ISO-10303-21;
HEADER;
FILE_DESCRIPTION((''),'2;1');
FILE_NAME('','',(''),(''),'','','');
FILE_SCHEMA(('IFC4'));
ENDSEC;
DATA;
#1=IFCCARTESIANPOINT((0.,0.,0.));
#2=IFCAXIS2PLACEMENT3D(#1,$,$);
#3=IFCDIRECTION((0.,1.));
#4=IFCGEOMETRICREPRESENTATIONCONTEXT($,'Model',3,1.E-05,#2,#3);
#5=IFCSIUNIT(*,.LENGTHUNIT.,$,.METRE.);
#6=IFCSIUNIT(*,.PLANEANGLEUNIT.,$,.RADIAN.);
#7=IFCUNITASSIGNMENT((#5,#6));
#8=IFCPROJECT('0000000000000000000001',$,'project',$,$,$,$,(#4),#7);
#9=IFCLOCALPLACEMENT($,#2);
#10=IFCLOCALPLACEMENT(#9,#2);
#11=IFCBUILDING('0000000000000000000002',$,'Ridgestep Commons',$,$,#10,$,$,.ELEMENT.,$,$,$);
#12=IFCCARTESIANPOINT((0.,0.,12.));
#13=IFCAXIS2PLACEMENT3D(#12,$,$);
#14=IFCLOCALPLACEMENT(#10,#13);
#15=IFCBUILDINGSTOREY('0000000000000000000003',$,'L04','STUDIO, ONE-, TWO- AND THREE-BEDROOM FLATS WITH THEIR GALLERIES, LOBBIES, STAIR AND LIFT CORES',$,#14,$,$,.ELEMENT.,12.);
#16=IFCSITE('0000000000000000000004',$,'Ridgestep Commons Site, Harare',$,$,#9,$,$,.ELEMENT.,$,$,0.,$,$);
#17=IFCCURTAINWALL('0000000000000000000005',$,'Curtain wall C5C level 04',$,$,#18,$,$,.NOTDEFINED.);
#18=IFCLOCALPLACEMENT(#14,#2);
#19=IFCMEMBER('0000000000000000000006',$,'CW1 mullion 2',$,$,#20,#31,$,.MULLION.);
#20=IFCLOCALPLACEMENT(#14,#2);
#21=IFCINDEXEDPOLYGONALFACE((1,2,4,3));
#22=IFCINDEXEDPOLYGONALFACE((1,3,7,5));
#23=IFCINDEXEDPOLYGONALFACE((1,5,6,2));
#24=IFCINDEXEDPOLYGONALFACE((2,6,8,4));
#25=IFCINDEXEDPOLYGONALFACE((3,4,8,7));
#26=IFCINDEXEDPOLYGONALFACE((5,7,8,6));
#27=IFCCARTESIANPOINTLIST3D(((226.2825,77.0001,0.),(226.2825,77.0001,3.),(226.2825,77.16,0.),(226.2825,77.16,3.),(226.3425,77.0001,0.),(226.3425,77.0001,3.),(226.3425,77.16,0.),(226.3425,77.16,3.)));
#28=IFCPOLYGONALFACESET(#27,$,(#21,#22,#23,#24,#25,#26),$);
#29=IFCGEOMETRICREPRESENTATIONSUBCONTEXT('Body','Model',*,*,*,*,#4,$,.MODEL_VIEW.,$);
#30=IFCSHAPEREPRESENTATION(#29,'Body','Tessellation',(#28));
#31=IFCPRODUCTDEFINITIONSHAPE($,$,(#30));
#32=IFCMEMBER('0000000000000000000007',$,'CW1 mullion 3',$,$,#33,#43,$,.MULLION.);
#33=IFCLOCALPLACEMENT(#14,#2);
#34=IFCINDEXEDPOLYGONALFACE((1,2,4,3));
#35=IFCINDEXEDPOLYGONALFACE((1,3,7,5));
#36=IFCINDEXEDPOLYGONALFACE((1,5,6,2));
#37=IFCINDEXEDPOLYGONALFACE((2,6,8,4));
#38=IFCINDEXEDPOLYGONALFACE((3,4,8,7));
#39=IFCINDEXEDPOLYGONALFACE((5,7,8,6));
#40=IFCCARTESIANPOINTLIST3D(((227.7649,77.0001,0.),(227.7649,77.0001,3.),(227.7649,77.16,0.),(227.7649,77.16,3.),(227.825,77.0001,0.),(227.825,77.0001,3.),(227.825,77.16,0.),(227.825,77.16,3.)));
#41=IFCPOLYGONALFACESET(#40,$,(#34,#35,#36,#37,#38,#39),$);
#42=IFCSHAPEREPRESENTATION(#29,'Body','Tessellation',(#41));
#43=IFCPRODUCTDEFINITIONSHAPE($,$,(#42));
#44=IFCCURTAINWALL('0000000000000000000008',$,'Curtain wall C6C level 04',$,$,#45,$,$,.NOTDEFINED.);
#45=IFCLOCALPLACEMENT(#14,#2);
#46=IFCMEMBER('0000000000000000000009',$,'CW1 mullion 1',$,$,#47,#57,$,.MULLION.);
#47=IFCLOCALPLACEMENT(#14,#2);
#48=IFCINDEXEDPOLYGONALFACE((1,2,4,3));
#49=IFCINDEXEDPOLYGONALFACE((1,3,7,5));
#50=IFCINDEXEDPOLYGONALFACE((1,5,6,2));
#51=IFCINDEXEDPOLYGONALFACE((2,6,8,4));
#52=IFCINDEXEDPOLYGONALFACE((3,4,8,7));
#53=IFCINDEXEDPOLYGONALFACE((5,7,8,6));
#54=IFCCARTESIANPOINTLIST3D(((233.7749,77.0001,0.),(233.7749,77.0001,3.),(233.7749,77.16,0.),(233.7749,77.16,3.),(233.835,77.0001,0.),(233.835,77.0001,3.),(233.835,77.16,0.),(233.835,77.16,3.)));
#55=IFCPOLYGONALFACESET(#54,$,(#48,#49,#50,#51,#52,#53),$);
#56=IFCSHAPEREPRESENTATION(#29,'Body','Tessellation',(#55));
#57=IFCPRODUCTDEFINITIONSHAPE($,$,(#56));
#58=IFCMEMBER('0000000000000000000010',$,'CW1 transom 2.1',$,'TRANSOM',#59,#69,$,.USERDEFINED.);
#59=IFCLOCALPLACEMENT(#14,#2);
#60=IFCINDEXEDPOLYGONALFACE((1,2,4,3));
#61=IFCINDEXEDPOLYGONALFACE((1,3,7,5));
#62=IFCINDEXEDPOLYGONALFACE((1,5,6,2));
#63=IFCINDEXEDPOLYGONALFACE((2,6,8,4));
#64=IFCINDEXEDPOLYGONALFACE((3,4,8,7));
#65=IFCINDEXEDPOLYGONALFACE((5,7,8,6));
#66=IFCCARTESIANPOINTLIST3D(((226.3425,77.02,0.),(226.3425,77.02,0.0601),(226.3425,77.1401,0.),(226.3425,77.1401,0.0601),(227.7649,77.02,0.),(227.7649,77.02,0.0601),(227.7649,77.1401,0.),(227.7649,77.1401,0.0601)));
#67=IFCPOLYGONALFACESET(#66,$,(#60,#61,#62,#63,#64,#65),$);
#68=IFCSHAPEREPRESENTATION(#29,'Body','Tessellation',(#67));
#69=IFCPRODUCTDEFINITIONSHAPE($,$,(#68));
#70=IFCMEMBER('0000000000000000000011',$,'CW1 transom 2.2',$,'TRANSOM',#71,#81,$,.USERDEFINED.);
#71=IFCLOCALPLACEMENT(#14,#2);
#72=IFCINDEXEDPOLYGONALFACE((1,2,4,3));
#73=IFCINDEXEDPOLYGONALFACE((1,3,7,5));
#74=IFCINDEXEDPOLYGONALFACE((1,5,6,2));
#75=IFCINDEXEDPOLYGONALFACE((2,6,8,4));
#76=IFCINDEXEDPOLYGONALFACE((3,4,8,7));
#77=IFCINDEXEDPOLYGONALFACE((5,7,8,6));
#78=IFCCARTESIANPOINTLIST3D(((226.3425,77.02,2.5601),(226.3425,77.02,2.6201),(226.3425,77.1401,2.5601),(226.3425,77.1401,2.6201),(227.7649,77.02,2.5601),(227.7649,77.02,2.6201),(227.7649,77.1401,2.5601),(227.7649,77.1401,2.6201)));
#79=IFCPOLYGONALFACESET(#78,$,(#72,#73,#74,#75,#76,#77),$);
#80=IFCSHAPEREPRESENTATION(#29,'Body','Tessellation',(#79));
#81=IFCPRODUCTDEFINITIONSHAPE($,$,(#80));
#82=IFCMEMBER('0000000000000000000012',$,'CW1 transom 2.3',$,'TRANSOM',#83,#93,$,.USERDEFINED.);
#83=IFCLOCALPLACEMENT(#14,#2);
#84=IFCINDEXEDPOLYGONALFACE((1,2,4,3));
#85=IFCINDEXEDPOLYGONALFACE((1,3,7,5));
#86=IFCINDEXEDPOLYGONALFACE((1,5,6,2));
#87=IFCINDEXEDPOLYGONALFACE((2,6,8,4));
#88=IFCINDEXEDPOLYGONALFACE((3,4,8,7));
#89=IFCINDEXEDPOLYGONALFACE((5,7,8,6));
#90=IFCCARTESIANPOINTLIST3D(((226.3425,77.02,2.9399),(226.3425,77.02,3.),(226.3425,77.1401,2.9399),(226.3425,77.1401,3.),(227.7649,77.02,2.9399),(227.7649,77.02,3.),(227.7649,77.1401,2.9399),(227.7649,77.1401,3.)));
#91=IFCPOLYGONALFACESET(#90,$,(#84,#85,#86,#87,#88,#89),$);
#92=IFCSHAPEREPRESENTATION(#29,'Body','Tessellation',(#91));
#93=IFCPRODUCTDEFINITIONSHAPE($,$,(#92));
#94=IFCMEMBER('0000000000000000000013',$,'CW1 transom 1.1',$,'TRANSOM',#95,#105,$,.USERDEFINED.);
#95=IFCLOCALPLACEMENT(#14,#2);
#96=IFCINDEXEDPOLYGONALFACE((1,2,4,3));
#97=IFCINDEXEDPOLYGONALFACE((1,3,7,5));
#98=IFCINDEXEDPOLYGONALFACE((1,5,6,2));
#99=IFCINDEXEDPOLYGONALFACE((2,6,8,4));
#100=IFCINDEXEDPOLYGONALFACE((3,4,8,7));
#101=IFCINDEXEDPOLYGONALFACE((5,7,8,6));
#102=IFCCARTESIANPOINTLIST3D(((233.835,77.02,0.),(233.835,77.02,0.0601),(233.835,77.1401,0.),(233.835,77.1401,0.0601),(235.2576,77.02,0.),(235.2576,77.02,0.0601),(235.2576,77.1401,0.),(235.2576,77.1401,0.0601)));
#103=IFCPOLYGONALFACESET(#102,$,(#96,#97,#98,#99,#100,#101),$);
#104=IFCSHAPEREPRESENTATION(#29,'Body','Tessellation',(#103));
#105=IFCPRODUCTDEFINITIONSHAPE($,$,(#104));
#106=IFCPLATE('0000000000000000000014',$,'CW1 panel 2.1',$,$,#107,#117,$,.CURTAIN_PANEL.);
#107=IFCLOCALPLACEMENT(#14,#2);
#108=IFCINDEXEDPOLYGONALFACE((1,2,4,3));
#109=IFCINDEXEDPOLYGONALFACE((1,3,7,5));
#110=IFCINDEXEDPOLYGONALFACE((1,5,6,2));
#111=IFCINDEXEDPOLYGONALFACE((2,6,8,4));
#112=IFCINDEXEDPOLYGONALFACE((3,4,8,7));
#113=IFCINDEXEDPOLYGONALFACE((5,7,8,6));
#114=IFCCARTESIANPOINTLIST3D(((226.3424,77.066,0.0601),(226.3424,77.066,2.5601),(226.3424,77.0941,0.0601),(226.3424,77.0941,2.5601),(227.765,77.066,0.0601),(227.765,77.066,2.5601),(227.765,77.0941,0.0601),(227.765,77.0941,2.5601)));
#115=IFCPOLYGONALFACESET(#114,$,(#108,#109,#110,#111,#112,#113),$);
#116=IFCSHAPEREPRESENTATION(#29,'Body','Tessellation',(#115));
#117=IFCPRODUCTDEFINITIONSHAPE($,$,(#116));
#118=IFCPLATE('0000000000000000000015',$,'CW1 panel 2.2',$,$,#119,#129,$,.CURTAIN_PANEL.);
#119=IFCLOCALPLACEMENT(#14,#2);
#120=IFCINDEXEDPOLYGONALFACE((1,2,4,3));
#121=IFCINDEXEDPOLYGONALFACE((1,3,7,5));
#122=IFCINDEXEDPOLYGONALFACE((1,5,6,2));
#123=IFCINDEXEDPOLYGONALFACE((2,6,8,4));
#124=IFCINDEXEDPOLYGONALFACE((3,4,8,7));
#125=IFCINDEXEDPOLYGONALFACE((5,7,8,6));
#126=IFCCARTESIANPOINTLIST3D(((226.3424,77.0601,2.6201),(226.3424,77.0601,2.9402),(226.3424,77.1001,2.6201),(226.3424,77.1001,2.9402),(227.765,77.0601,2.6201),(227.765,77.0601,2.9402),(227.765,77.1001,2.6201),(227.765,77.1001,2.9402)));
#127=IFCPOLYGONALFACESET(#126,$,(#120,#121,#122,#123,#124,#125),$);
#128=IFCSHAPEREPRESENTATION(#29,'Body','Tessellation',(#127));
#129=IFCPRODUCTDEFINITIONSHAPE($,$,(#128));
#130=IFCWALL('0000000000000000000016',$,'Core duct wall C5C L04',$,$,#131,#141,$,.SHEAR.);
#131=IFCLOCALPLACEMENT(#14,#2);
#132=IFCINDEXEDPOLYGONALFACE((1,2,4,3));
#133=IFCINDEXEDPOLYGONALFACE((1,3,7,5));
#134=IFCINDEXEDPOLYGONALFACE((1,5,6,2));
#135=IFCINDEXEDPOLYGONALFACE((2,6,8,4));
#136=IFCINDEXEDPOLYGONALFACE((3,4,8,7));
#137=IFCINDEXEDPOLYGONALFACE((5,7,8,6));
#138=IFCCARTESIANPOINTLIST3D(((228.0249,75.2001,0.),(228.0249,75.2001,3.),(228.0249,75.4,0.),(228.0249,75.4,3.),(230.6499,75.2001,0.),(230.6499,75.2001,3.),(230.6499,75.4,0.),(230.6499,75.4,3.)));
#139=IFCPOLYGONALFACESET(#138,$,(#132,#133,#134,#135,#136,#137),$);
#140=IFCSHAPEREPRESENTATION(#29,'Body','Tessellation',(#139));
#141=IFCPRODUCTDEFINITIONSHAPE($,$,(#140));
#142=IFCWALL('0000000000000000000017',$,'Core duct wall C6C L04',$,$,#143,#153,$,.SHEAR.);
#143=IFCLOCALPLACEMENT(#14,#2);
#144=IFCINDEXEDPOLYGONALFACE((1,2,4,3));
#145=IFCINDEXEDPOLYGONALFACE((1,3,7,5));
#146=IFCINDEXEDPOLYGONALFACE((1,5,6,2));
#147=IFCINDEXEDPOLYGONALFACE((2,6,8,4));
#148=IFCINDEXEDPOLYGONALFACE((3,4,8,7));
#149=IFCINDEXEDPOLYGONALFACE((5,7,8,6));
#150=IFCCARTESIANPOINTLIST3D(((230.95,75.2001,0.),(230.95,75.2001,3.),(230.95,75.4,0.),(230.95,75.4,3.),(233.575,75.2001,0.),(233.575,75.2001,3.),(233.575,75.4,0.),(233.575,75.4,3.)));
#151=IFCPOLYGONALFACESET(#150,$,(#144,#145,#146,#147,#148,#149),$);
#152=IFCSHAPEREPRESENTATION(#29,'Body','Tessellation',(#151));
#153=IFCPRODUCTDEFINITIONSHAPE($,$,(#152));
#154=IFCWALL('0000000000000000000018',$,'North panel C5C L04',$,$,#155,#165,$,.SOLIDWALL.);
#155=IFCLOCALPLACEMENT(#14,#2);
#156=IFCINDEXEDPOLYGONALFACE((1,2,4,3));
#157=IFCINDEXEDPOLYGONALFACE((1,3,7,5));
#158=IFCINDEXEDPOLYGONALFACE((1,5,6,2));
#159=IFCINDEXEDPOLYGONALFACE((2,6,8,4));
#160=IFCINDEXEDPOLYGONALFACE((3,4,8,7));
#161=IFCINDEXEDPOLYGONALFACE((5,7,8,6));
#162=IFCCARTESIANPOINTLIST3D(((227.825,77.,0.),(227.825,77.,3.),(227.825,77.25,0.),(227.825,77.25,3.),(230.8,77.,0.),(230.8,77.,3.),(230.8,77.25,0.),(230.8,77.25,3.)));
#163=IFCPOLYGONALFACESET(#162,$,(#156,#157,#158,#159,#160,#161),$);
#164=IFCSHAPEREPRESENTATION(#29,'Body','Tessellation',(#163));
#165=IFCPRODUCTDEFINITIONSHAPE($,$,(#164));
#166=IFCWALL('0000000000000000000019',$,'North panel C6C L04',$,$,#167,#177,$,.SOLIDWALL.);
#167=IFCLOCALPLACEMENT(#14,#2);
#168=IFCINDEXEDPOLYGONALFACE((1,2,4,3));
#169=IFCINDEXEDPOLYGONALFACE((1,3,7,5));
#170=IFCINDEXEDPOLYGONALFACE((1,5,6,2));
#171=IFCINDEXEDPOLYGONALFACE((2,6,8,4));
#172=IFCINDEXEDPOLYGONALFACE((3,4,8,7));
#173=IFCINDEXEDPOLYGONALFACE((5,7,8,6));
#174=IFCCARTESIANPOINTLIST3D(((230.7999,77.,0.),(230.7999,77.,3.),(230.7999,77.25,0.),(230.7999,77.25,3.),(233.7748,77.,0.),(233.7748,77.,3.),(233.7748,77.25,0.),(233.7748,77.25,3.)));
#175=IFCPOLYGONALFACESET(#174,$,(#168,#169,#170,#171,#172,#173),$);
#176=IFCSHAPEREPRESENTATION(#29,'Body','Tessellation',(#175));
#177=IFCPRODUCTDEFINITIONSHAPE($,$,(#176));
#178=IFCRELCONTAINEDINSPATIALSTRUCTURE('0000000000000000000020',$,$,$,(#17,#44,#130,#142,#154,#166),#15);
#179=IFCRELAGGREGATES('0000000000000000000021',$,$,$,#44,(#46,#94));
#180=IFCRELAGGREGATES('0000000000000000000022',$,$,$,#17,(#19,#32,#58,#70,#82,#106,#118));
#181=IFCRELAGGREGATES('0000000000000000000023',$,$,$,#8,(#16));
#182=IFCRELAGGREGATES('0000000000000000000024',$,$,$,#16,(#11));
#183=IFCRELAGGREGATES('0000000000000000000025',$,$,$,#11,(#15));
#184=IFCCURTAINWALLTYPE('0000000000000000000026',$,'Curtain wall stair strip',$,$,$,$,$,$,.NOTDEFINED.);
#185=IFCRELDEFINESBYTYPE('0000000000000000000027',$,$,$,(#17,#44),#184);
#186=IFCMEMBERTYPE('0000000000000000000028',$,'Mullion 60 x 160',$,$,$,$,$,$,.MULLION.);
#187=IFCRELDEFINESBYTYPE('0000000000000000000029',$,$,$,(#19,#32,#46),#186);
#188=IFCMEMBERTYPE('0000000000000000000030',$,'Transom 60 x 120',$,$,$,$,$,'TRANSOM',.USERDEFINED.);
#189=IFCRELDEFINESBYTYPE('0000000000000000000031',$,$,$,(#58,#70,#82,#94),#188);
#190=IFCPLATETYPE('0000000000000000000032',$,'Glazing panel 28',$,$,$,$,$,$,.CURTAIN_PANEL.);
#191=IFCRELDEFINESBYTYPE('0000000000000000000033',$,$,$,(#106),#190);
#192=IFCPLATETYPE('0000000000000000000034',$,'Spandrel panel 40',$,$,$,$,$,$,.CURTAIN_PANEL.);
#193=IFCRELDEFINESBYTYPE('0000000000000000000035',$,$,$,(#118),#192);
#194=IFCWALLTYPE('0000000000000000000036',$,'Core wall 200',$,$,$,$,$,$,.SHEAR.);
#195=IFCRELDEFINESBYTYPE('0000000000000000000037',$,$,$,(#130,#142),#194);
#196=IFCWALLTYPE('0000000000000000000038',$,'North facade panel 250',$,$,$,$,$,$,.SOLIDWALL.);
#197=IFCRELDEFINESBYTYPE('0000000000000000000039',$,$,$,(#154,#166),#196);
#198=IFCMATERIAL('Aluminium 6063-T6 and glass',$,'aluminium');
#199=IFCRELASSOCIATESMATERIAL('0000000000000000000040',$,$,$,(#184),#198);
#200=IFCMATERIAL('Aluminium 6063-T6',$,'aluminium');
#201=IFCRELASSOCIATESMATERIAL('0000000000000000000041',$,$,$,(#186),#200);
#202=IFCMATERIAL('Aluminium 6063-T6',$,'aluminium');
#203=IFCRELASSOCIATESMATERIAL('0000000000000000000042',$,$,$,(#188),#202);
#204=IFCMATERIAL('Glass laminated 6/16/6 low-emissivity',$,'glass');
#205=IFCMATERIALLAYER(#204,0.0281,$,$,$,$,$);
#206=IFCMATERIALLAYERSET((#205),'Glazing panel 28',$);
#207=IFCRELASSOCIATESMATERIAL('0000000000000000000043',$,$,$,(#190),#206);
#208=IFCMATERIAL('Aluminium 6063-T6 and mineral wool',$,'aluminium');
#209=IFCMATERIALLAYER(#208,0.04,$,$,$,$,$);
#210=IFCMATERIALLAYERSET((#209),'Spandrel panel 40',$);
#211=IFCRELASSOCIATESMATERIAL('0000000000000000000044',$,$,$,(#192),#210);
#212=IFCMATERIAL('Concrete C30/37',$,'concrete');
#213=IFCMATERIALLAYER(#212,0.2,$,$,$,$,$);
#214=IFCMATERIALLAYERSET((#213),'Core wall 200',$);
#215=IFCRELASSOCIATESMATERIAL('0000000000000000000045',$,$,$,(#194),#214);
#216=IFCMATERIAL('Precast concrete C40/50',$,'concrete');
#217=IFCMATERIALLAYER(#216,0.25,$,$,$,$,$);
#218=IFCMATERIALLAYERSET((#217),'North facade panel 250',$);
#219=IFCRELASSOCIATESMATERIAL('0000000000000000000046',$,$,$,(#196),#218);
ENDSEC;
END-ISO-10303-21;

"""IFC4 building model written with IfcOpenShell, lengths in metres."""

from ifc_helpers import new_model, si_unit, direction, frame, frame_2d, origin, origin_2d, place, context, subcontext, project, spatial, rectangle, extrude, material, layer, layer_set, material_profile, profile_set, type_object, element, aggregate, save


model = new_model("IFC4")

# Units and contexts
model_context = context("Model", 3, precision=1e-05, world=origin(), true_north=direction((0.0, 1.0)))
body_context = subcontext(model_context, "Body", "Model", "MODEL_VIEW")
ifc_project = project(units=[si_unit("LENGTHUNIT", "METRE"), si_unit("PLANEANGLEUNIT", "RADIAN")], contexts=[model_context])

# Site, building, storey
site_placement = place(None, origin())
site = spatial("IfcSite", under=ifc_project, at=site_placement, Name="Ridgestep Commons Site, Harare", CompositionType="ELEMENT", RefElevation=0.0)
building_placement = place(site_placement, origin())
building = spatial("IfcBuilding", under=site, at=building_placement, Name="Ridgestep Commons", CompositionType="ELEMENT")
storey_placement = place(building_placement, frame((0.0, 0.0, 12.0)))
storey = spatial("IfcBuildingStorey", under=building, at=storey_placement, Name="L04", Description="STUDIO, ONE-, TWO- AND THREE-BEDROOM FLATS WITH THEIR GALLERIES, LOBBIES, STAIR AND LIFT CORES", CompositionType="ELEMENT", Elevation=12.0)

# Curtain wall, members
ifc_material_1 = material(Name="Aluminium 6063-T6 and glass", Category="aluminium")
curtain_wall_type = type_object("IfcCurtainWallType", Name="Curtain wall stair strip", PredefinedType="NOTDEFINED", material=ifc_material_1)
curtain_wall_1_placement = place(storey_placement, origin())
curtain_wall_1 = element("IfcCurtainWall", 1, at=curtain_wall_1_placement, inside=storey, type_object=curtain_wall_type, Name="Curtain wall C5C level 04", PredefinedType="NOTDEFINED")
ifc_material_2 = material(Name="Aluminium 6063-T6", Category="aluminium")
ifc_material_profile_1 = material_profile(ifc_material_2, rectangle(XDim=0.1599, YDim=0.0601, at=origin_2d()), Name="Mullion 60 x 160")
ifc_profile_set_1 = profile_set([ifc_material_profile_1], Name="Aluminium 6063-T6")
member_type_1 = type_object("IfcMemberType", Name="Mullion 60 x 160", PredefinedType="MULLION", material=ifc_profile_set_1)
member_1_placement = place(storey_placement, frame((226.3125, 77.0801, 0.0), z_axis=(0.0, 0.0, 1.0), x_axis=(0.0, 1.0, 0.0)))
member_1 = element("IfcMember", 2, at=member_1_placement, type_object=member_type_1, Name="CW1 mullion 2", PredefinedType="MULLION", context=body_context, shape_type="SweptSolid", body=[
    extrude(rectangle(XDim=0.1599, YDim=0.0601, at=origin_2d()), origin(), (0.0, 0.0, 1.0), 3.0),
])
member_2_placement = place(storey_placement, frame((227.7949, 77.0801, 0.0), z_axis=(0.0, 0.0, 1.0), x_axis=(0.0, 1.0, 0.0)))
member_2 = element("IfcMember", 3, at=member_2_placement, type_object=member_type_1, Name="CW1 mullion 3", PredefinedType="MULLION", context=body_context, shape_type="SweptSolid", body=[
    extrude(rectangle(XDim=0.1599, YDim=0.0601, at=origin_2d()), origin(), (0.0, 0.0, 1.0), 3.0),
])

# Curtain wall, member
curtain_wall_2_placement = place(storey_placement, origin())
curtain_wall_2 = element("IfcCurtainWall", 4, at=curtain_wall_2_placement, inside=storey, type_object=curtain_wall_type, Name="Curtain wall C6C level 04", PredefinedType="NOTDEFINED")
member_3_placement = place(storey_placement, frame((233.8049, 77.0801, 0.0), z_axis=(0.0, 0.0, 1.0), x_axis=(0.0, 1.0, 0.0)))
member_3 = element("IfcMember", 5, at=member_3_placement, type_object=member_type_1, Name="CW1 mullion 1", PredefinedType="MULLION", context=body_context, shape_type="SweptSolid", body=[
    extrude(rectangle(XDim=0.1599, YDim=0.0601, at=origin_2d()), origin(), (0.0, 0.0, 1.0), 3.0),
])

# Members
ifc_material_3 = material(Name="Aluminium 6063-T6", Category="aluminium")
ifc_material_profile_2 = material_profile(ifc_material_3, rectangle(XDim=0.1201, YDim=0.0601, at=origin_2d()), Name="Transom 60 x 120")
ifc_profile_set_2 = profile_set([ifc_material_profile_2], Name="Aluminium 6063-T6")
member_type_2 = type_object("IfcMemberType", Name="Transom 60 x 120", ElementType="TRANSOM", PredefinedType="USERDEFINED", material=ifc_profile_set_2)
member_4_placement = place(storey_placement, frame((226.3425, 77.0801, 0.03), z_axis=(1.0, 0.0, 0.0), x_axis=(0.0, 1.0, 0.0)))
member_4 = element("IfcMember", 6, at=member_4_placement, type_object=member_type_2, Name="CW1 transom 2.1", ObjectType="TRANSOM", PredefinedType="USERDEFINED", context=body_context, shape_type="SweptSolid", body=[
    extrude(rectangle(XDim=0.1201, YDim=0.0601, at=origin_2d()), origin(), (0.0, 0.0, 1.0), 1.4224),
])
member_5_placement = place(storey_placement, frame((226.3425, 77.0801, 2.5901), z_axis=(1.0, 0.0, 0.0), x_axis=(0.0, 1.0, 0.0)))
member_5 = element("IfcMember", 7, at=member_5_placement, type_object=member_type_2, Name="CW1 transom 2.2", ObjectType="TRANSOM", PredefinedType="USERDEFINED", context=body_context, shape_type="SweptSolid", body=[
    extrude(rectangle(XDim=0.1201, YDim=0.0601, at=origin_2d()), origin(), (0.0, 0.0, 1.0), 1.4224),
])
member_6_placement = place(storey_placement, frame((226.3425, 77.0801, 2.97), z_axis=(1.0, 0.0, 0.0), x_axis=(0.0, 1.0, 0.0)))
member_6 = element("IfcMember", 8, at=member_6_placement, type_object=member_type_2, Name="CW1 transom 2.3", ObjectType="TRANSOM", PredefinedType="USERDEFINED", context=body_context, shape_type="SweptSolid", body=[
    extrude(rectangle(XDim=0.1201, YDim=0.0601, at=origin_2d()), origin(), (0.0, 0.0, 1.0), 1.4224),
])
member_7_placement = place(storey_placement, frame((233.835, 77.0801, 0.03), z_axis=(1.0, 0.0, 0.0), x_axis=(0.0, 1.0, 0.0)))
member_7 = element("IfcMember", 9, at=member_7_placement, type_object=member_type_2, Name="CW1 transom 1.1", ObjectType="TRANSOM", PredefinedType="USERDEFINED", context=body_context, shape_type="SweptSolid", body=[
    extrude(rectangle(XDim=0.1201, YDim=0.0601, at=origin_2d()), origin(), (0.0, 0.0, 1.0), 1.4226),
])
aggregate(curtain_wall_2, [member_3, member_7])

# Plates
ifc_material_4 = material(Name="Glass laminated 6/16/6 low-emissivity", Category="glass")
ifc_layer_1 = layer(ifc_material_4, 0.0281)
ifc_layer_set_1 = layer_set([ifc_layer_1], Name="Glazing panel 28")
plate_type_1 = type_object("IfcPlateType", Name="Glazing panel 28", PredefinedType="CURTAIN_PANEL", material=ifc_layer_set_1)
plate_1_placement = place(storey_placement, frame((227.0537, 77.0801, 0.0601), z_axis=(0.0, 0.0, 1.0), x_axis=(1.0, 0.0, 0.0)))
plate_1 = element("IfcPlate", 10, at=plate_1_placement, type_object=plate_type_1, Name="CW1 panel 2.1", PredefinedType="CURTAIN_PANEL", context=body_context, shape_type="SweptSolid", body=[
    extrude(rectangle(XDim=1.4226, YDim=0.0281, at=origin_2d()), origin(), (0.0, 0.0, 1.0), 2.5),
])
ifc_material_5 = material(Name="Aluminium 6063-T6 and mineral wool", Category="aluminium")
ifc_layer_2 = layer(ifc_material_5, 0.04)
ifc_layer_set_2 = layer_set([ifc_layer_2], Name="Spandrel panel 40")
plate_type_2 = type_object("IfcPlateType", Name="Spandrel panel 40", PredefinedType="CURTAIN_PANEL", material=ifc_layer_set_2)
plate_2_placement = place(storey_placement, frame((227.0537, 77.0801, 2.6201), z_axis=(0.0, 0.0, 1.0), x_axis=(1.0, 0.0, 0.0)))
plate_2 = element("IfcPlate", 11, at=plate_2_placement, type_object=plate_type_2, Name="CW1 panel 2.2", PredefinedType="CURTAIN_PANEL", context=body_context, shape_type="SweptSolid", body=[
    extrude(rectangle(XDim=1.4226, YDim=0.04, at=origin_2d()), origin(), (0.0, 0.0, 1.0), 0.3201),
])
aggregate(curtain_wall_1, [member_1, member_2, member_4, member_5, member_6, plate_1, plate_2])

# Walls
ifc_material_6 = material(Name="Concrete C30/37", Category="concrete")
ifc_layer_3 = layer(ifc_material_6, 0.2)
ifc_layer_set_3 = layer_set([ifc_layer_3], Name="Core wall 200")
wall_type_1 = type_object("IfcWallType", Name="Core wall 200", PredefinedType="SHEAR", material=ifc_layer_set_3)
for number, where, z_axis, x_axis, name in (
    (12, (228.0249, 75.3, 0.0), (0.0, 0.0, 1.0), (1.0, 0.0, 0.0), "Core duct wall C5C L04"),
    (13, (230.95, 75.3, 0.0), (0.0, 0.0, 1.0), (1.0, 0.0, 0.0), "Core duct wall C6C L04"),
):
    element("IfcWall", number, at=place(storey_placement, frame(where, z_axis=z_axis, x_axis=x_axis)), inside=storey, type_object=wall_type_1, Name=name, PredefinedType="SHEAR", context=body_context, shape_type="SweptSolid", body=[
        extrude(rectangle(XDim=2.625, YDim=0.2, at=frame_2d((1.3125, 0.0))), origin(), (0.0, 0.0, 1.0), 3.0),
    ])
ifc_material_7 = material(Name="Precast concrete C40/50", Category="concrete")
ifc_layer_4 = layer(ifc_material_7, 0.25)
ifc_layer_set_4 = layer_set([ifc_layer_4], Name="North facade panel 250")
wall_type_2 = type_object("IfcWallType", Name="North facade panel 250", PredefinedType="SOLIDWALL", material=ifc_layer_set_4)
wall_1_placement = place(storey_placement, frame((227.825, 77.125, 0.0), z_axis=(0.0, 0.0, 1.0), x_axis=(1.0, 0.0, 0.0)))
element("IfcWall", 14, at=wall_1_placement, inside=storey, type_object=wall_type_2, Name="North panel C5C L04", PredefinedType="SOLIDWALL", context=body_context, shape_type="SweptSolid", body=[
    extrude(rectangle(XDim=2.9751, YDim=0.25, at=frame_2d((1.4875, 0.0))), origin(), (0.0, 0.0, 1.0), 3.0),
])
wall_2_placement = place(storey_placement, frame((230.8, 77.125, 0.0), z_axis=(0.0, 0.0, 1.0), x_axis=(1.0, 0.0, 0.0)))
element("IfcWall", 15, at=wall_2_placement, inside=storey, type_object=wall_type_2, Name="North panel C6C L04", PredefinedType="SOLIDWALL", context=body_context, shape_type="SweptSolid", body=[
    extrude(rectangle(XDim=2.9749, YDim=0.25, at=frame_2d((1.4873, 0.0))), origin(), (0.0, 0.0, 1.0), 3.0),
])

save(model, "model.ifc")
